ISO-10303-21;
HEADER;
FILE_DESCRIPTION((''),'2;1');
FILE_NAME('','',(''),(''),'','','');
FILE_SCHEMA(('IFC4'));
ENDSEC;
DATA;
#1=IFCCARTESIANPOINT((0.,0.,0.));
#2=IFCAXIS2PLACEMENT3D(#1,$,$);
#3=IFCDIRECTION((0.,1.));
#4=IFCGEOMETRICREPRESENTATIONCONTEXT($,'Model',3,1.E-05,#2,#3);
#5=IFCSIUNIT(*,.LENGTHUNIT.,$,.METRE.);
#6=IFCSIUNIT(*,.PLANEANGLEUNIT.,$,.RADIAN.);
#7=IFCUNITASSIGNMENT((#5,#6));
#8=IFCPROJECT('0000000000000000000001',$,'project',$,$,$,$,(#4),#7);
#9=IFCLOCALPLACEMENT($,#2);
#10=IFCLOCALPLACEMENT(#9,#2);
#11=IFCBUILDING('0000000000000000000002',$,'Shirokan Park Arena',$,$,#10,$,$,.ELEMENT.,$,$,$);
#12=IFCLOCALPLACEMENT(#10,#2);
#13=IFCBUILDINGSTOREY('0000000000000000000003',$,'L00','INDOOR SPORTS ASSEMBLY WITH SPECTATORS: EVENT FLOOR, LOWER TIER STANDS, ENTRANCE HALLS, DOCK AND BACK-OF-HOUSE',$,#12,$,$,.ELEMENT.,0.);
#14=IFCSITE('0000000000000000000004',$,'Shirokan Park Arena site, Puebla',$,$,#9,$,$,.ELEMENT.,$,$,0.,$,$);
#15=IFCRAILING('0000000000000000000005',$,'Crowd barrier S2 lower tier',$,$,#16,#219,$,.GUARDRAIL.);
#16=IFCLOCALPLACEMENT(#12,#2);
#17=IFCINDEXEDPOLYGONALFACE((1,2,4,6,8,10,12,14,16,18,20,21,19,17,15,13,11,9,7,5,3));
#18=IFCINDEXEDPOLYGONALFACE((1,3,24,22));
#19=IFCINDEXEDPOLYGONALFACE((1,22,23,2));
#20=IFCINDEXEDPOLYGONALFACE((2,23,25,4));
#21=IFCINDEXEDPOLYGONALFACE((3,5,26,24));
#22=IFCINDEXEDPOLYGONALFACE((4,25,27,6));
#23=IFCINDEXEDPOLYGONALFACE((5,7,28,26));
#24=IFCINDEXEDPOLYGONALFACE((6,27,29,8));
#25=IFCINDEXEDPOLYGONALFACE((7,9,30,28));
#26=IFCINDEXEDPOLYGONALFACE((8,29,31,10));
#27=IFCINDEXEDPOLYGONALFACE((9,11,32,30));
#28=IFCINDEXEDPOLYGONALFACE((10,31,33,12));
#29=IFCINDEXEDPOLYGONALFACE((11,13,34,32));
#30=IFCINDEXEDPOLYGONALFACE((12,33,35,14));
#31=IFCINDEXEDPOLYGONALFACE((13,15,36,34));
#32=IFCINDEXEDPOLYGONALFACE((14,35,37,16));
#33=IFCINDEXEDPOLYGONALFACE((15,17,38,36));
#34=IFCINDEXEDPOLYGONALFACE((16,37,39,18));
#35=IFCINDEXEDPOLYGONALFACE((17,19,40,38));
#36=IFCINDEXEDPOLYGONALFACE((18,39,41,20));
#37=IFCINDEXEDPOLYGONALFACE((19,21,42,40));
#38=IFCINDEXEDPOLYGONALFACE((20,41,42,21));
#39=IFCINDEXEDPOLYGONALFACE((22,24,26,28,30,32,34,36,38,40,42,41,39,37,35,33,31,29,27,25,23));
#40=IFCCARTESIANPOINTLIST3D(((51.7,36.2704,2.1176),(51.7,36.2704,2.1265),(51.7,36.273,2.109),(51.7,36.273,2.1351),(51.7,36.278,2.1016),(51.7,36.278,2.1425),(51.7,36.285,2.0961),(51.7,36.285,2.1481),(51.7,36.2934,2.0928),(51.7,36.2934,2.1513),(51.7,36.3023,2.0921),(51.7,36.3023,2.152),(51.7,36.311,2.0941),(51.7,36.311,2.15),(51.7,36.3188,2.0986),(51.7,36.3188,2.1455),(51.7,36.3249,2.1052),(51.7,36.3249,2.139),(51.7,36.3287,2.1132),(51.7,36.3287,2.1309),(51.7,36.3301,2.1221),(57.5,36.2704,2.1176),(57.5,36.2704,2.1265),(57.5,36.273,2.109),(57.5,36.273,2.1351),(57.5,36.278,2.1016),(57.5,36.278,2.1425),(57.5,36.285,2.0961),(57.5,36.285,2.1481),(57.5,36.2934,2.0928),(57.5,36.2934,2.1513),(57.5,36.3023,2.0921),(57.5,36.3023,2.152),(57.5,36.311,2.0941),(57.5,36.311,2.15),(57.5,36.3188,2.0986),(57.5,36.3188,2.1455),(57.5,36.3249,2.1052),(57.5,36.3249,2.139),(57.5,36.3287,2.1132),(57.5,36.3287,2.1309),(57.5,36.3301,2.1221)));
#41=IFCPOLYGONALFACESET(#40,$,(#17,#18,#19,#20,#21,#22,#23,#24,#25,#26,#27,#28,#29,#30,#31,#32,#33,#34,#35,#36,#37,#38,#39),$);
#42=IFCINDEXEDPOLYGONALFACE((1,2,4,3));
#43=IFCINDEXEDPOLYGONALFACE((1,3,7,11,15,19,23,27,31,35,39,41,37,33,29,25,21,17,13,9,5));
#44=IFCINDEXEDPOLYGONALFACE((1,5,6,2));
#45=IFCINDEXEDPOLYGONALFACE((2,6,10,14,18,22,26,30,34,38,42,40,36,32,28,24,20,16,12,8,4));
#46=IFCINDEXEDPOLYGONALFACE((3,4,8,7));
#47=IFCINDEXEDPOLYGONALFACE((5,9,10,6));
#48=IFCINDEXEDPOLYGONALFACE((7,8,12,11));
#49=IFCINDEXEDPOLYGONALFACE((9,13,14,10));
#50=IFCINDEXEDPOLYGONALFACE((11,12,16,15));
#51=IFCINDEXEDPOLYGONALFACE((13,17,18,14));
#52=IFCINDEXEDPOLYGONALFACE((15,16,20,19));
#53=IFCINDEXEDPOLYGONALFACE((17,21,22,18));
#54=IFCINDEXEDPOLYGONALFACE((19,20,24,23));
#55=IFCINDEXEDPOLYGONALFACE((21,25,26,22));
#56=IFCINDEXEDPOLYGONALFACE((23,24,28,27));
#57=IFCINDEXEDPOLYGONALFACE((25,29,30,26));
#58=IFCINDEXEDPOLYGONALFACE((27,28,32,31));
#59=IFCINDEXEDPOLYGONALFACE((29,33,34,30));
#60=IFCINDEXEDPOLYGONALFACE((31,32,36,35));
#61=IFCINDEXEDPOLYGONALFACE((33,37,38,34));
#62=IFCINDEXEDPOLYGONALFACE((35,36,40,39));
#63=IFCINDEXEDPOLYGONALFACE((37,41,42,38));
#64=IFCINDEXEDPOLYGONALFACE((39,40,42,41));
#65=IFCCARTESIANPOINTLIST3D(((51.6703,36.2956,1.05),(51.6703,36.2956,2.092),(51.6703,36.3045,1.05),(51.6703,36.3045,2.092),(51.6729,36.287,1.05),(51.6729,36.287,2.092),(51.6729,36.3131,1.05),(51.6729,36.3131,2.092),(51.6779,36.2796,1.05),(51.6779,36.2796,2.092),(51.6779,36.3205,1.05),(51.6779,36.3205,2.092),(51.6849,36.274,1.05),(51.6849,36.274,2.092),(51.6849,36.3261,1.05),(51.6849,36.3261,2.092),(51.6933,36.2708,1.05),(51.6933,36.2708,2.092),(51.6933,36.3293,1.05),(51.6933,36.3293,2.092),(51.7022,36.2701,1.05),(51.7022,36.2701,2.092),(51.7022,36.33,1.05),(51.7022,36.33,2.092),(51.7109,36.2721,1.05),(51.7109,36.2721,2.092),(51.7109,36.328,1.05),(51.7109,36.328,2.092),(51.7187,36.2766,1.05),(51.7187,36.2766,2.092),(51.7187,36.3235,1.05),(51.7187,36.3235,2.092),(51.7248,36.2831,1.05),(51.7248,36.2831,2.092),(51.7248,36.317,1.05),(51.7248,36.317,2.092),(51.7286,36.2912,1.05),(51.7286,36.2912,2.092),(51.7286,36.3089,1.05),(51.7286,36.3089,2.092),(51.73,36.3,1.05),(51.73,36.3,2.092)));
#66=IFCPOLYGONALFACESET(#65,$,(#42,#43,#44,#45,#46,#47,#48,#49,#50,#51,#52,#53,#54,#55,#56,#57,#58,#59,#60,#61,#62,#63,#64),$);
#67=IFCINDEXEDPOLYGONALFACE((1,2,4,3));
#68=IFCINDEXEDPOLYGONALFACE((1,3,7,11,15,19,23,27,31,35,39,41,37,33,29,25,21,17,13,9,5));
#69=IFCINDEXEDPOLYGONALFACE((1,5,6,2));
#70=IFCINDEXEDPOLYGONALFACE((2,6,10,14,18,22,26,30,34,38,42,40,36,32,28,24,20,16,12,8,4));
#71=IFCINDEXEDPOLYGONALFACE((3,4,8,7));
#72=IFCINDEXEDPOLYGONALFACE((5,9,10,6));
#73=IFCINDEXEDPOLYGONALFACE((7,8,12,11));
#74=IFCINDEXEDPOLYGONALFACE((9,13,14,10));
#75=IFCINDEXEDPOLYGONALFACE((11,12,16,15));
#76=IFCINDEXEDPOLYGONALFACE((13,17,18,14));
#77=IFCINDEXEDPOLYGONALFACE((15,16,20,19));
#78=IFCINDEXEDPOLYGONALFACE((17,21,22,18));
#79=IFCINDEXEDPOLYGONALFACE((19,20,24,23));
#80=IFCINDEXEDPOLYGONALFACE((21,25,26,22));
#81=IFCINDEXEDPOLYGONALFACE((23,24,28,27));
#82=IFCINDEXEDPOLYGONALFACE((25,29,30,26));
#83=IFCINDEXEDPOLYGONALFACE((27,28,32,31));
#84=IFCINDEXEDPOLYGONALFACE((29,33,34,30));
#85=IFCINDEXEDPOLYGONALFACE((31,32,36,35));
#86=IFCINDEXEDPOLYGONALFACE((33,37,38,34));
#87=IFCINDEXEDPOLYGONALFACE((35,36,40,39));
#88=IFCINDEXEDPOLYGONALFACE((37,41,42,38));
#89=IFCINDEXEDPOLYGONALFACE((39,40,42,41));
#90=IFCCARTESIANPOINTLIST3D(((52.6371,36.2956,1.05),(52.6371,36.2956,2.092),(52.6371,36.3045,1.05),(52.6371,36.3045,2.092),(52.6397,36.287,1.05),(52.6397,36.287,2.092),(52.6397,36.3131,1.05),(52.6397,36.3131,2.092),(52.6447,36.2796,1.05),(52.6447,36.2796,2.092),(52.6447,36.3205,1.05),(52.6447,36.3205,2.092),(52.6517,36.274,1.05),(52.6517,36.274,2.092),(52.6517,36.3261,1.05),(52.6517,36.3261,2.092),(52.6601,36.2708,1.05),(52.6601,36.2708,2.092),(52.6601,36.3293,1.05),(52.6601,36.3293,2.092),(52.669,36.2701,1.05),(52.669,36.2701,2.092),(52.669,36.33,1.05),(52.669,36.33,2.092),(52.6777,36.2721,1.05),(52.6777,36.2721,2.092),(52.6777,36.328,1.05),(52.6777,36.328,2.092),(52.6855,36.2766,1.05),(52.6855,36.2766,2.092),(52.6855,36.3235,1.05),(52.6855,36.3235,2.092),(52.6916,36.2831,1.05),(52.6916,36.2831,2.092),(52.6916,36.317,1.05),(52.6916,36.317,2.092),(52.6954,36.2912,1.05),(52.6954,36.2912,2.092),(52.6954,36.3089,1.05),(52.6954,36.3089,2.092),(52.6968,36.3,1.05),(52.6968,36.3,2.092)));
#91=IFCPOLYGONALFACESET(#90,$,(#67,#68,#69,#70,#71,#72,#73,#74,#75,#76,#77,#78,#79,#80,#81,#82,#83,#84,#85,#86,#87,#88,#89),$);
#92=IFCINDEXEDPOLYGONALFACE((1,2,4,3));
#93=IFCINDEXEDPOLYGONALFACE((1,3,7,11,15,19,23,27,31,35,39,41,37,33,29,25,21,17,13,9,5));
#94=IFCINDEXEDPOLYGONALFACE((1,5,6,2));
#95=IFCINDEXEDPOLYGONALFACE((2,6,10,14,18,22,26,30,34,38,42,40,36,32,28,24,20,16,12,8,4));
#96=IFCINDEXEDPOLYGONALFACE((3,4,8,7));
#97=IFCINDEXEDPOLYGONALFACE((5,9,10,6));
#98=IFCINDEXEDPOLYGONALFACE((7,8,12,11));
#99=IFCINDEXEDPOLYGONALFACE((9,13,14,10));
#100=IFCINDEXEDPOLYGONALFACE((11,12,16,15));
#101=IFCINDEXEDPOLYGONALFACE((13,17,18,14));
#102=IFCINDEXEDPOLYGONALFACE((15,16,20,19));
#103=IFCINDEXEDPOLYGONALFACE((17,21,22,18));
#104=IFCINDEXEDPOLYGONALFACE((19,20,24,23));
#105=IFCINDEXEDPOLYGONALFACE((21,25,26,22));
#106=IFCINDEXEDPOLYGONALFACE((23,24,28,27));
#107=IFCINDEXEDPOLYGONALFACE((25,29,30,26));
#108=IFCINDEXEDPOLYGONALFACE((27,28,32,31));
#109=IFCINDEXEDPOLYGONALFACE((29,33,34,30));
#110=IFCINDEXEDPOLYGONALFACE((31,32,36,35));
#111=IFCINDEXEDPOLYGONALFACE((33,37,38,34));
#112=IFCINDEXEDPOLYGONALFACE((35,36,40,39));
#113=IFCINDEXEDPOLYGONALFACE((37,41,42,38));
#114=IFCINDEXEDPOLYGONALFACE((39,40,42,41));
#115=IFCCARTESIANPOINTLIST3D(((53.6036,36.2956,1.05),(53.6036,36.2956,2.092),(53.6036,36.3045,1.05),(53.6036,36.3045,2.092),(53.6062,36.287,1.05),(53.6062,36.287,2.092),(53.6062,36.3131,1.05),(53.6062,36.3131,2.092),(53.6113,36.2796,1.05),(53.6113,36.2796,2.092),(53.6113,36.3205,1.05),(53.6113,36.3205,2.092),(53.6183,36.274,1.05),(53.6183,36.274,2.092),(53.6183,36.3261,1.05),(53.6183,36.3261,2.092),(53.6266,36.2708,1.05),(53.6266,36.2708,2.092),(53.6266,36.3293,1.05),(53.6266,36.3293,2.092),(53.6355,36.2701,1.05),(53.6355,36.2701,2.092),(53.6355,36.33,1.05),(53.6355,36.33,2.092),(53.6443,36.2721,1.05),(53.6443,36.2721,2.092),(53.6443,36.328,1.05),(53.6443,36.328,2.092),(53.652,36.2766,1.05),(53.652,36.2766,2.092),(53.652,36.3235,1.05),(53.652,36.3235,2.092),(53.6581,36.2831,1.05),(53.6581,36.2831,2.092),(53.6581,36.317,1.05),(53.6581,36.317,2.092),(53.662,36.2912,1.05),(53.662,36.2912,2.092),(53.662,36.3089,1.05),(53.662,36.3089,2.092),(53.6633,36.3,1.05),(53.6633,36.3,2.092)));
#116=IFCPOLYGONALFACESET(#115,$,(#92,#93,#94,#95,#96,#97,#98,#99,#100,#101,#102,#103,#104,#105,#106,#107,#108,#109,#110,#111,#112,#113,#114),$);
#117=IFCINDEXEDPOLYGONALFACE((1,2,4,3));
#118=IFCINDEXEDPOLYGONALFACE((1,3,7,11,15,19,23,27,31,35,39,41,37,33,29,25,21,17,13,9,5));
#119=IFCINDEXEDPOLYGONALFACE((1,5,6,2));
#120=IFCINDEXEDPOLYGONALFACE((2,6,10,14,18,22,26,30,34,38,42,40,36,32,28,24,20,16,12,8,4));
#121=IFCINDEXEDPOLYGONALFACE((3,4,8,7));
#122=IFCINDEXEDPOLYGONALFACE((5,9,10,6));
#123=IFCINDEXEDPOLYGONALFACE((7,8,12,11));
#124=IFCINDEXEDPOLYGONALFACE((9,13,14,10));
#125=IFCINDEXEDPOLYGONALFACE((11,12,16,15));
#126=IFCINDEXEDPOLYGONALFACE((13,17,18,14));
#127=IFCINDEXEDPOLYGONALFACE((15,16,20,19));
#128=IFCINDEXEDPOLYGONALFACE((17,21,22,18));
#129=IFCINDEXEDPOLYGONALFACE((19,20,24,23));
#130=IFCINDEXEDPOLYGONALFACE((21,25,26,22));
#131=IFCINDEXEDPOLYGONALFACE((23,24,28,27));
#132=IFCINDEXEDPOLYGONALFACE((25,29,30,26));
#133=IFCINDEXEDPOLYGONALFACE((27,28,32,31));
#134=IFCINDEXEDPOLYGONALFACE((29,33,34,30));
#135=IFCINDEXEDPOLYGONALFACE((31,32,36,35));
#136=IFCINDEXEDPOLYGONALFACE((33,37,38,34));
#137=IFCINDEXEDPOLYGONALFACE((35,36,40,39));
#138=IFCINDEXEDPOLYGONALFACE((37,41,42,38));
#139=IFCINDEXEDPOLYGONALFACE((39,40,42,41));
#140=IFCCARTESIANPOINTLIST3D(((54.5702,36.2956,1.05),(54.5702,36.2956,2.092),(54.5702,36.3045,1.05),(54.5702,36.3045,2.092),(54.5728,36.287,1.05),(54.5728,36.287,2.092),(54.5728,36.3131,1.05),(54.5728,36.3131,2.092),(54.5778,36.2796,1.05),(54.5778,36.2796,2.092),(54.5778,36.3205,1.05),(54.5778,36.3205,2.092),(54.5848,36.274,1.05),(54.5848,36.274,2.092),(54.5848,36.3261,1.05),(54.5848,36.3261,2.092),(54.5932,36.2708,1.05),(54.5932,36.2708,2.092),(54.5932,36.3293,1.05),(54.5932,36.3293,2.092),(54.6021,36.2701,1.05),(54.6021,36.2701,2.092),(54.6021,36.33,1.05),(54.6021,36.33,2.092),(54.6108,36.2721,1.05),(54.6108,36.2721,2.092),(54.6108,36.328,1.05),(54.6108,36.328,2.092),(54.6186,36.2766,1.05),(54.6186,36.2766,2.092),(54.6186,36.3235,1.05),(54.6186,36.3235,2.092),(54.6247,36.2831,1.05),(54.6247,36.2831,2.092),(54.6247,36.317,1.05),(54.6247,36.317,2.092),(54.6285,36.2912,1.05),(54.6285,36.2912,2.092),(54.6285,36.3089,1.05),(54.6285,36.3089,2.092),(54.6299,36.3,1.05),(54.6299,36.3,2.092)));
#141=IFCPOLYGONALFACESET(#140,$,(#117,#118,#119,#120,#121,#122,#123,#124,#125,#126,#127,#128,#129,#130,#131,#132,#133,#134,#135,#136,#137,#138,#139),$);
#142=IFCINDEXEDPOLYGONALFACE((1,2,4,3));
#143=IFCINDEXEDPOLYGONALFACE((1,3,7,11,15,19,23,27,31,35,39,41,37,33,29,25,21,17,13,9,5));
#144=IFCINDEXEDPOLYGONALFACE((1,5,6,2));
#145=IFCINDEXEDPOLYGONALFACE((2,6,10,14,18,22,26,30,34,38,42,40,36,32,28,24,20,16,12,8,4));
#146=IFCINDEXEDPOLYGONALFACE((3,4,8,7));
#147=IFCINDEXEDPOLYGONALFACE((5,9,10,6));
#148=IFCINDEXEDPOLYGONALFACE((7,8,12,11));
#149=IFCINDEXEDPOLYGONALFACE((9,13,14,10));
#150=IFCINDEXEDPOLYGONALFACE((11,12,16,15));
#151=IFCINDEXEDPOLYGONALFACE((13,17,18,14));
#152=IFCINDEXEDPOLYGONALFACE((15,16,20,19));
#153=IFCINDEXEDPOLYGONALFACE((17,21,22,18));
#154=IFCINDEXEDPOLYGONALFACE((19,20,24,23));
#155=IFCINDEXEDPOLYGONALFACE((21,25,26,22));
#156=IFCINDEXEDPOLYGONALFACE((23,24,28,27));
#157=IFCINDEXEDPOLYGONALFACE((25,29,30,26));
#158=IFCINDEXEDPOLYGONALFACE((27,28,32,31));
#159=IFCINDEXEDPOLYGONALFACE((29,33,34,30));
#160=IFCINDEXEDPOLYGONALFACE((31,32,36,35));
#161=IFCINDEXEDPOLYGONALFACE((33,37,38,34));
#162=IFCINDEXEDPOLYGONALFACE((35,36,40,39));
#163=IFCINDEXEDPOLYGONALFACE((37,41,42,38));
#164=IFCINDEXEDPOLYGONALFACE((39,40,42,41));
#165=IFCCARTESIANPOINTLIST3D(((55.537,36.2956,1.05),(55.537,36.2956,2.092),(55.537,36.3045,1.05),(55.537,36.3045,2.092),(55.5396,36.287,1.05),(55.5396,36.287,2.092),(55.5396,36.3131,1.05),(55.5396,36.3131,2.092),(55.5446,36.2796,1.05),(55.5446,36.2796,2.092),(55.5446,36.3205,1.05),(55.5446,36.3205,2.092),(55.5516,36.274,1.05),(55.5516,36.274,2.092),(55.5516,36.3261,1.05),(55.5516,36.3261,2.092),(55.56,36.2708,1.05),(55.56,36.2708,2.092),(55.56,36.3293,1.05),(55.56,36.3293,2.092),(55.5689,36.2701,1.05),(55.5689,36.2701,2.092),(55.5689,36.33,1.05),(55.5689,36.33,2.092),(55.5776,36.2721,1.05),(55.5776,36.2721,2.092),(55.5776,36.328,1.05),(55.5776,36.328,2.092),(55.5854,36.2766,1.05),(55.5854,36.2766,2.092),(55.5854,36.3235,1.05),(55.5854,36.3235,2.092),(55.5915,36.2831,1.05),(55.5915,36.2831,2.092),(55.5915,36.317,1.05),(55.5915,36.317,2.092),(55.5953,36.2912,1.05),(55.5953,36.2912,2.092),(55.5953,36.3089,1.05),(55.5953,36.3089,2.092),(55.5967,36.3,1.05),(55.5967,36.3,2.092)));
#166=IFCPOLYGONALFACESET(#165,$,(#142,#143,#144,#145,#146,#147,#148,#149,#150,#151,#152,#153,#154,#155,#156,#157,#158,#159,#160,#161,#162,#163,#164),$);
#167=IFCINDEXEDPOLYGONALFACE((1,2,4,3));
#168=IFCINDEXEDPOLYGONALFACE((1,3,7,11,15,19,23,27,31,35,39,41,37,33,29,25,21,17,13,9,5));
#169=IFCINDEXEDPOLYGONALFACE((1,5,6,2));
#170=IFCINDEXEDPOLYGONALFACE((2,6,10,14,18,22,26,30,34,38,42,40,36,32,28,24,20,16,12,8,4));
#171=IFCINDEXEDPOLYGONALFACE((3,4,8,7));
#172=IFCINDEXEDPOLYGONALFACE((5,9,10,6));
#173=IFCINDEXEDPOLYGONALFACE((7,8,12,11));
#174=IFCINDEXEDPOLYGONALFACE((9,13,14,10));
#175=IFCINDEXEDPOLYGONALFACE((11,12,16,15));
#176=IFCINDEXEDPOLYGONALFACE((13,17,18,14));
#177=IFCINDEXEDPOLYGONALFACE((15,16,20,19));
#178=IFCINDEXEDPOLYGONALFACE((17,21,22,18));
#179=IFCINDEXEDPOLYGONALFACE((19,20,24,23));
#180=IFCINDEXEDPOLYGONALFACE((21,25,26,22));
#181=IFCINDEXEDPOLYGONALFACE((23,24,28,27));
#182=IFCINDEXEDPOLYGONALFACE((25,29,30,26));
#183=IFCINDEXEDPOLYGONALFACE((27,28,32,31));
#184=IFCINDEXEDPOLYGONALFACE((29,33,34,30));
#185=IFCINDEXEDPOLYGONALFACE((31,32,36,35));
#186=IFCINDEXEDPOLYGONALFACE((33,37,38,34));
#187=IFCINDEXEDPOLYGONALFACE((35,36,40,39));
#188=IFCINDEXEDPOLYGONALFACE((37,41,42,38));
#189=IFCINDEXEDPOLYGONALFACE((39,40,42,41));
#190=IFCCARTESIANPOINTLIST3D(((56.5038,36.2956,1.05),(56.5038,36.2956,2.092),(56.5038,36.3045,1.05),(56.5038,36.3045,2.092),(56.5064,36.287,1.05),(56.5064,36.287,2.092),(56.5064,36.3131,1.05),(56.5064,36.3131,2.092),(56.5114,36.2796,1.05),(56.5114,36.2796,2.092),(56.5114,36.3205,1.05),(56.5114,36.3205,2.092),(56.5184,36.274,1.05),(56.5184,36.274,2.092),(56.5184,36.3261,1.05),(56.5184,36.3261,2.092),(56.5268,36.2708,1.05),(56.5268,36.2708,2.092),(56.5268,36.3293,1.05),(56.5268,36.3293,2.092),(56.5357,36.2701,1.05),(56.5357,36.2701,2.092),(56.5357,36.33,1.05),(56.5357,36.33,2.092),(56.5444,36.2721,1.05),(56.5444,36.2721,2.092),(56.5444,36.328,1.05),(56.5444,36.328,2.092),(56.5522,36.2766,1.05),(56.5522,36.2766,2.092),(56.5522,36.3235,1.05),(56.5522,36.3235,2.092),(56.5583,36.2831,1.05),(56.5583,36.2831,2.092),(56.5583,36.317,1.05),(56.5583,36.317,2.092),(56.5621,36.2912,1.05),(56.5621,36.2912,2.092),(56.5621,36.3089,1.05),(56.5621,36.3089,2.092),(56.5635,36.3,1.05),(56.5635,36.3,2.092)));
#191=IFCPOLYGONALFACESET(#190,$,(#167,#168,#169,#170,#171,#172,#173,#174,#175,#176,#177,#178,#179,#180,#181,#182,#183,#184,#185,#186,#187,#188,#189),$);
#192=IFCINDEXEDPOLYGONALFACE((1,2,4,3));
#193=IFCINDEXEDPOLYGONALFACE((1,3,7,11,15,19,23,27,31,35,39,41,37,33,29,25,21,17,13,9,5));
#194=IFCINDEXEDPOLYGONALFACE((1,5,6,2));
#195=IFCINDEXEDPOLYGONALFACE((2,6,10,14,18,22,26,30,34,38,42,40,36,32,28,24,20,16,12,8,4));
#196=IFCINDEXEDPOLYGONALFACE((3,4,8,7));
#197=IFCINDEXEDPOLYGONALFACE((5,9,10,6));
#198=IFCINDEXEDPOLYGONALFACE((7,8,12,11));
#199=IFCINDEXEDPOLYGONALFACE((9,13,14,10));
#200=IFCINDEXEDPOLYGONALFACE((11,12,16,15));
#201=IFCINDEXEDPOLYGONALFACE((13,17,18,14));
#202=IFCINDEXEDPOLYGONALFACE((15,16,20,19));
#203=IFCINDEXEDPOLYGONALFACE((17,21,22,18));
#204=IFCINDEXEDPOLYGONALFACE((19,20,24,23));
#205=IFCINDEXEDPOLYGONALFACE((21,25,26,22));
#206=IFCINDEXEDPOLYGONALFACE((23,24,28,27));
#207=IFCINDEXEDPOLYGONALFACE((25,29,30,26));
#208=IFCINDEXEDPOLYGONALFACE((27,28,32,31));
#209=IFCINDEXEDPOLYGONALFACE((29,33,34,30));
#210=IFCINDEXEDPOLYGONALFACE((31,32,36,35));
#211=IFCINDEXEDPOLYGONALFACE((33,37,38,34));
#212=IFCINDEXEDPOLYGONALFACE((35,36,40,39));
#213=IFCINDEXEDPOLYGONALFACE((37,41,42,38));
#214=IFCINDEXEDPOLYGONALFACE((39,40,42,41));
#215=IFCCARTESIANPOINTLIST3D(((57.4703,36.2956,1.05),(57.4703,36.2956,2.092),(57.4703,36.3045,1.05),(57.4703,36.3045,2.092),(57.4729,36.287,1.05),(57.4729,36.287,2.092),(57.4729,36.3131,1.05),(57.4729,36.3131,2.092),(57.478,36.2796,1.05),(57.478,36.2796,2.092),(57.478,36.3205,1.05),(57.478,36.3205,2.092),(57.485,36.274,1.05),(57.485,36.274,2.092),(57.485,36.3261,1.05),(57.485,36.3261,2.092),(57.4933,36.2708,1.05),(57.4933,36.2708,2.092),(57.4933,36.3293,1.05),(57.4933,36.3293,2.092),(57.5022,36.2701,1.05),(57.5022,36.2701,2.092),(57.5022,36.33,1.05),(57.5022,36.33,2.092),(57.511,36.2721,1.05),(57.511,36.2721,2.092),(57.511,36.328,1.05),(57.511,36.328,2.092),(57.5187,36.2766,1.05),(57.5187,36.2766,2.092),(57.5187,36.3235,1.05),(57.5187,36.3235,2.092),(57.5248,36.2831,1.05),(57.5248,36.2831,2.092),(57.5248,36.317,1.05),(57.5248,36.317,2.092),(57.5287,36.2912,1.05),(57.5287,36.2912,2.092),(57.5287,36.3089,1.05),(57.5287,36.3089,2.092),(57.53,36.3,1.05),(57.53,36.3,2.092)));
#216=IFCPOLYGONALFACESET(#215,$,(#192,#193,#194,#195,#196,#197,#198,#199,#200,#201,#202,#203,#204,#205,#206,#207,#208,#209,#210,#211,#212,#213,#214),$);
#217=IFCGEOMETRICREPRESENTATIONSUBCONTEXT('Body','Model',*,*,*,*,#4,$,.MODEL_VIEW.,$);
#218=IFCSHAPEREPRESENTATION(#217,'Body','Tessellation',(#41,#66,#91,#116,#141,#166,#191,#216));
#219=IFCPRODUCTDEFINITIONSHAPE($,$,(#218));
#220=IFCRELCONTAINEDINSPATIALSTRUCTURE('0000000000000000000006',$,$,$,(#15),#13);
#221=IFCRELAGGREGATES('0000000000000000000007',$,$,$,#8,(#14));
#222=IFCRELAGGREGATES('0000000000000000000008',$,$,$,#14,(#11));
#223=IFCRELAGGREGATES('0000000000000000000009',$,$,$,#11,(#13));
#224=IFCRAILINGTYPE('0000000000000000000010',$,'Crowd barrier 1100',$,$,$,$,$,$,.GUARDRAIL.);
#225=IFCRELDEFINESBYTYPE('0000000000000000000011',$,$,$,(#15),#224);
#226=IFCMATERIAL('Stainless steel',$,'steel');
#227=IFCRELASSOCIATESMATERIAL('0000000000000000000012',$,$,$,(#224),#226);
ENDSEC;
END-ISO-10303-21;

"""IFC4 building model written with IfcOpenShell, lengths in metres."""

from ifc_helpers import new_model, si_unit, direction, frame, origin, origin_2d, place, context, subcontext, project, spatial, circle, extrude, material, type_object, element, save


model = new_model("IFC4")

# Units and contexts
model_context = context("Model", 3, precision=1e-05, world=origin(), true_north=direction((0.0, 1.0)))
body_context = subcontext(model_context, "Body", "Model", "MODEL_VIEW")
ifc_project = project(units=[si_unit("LENGTHUNIT", "METRE"), si_unit("PLANEANGLEUNIT", "RADIAN")], contexts=[model_context])

# Site, building, storey
site_placement = place(None, origin())
site = spatial("IfcSite", under=ifc_project, at=site_placement, Name="Shirokan Park Arena site, Puebla", CompositionType="ELEMENT", RefElevation=0.0)
building_placement = place(site_placement, origin())
building = spatial("IfcBuilding", under=site, at=building_placement, Name="Shirokan Park Arena", CompositionType="ELEMENT")
storey_placement = place(building_placement, origin())
storey = spatial("IfcBuildingStorey", under=building, at=storey_placement, Name="L00", Description="INDOOR SPORTS ASSEMBLY WITH SPECTATORS: EVENT FLOOR, LOWER TIER STANDS, ENTRANCE HALLS, DOCK AND BACK-OF-HOUSE", CompositionType="ELEMENT", Elevation=0.0)

# Railing
ifc_material_1 = material(Name="Stainless steel", Category="steel")
railing_type_1 = type_object("IfcRailingType", Name="Crowd barrier 1100", PredefinedType="GUARDRAIL", material=ifc_material_1)
for number, where, name in (
    (1, (51.7, 36.3, 1.05), "Crowd barrier S2 lower tier"),
):
    element("IfcRailing", number, at=place(storey_placement, frame(where)), inside=storey, type_object=railing_type_1, Name=name, PredefinedType="GUARDRAIL", context=body_context, shape_type="SweptSolid", body=[
        extrude(circle(Radius=0.03, at=origin_2d()), frame((0.0, 0.0, 1.072), z_axis=(1.0, 0.0, 0.0), x_axis=(0.0, 1.0, 0.0)), (0.0, 0.0, 1.0), 5.8),
        extrude(circle(Radius=0.03, at=origin_2d()), origin(), (0.0, 0.0, 1.0), 1.042),
        extrude(circle(Radius=0.03, at=origin_2d()), frame((0.9668, 0.0, 0.0)), (0.0, 0.0, 1.0), 1.042),
        extrude(circle(Radius=0.03, at=origin_2d()), frame((1.9333, 0.0, 0.0)), (0.0, 0.0, 1.0), 1.042),
        extrude(circle(Radius=0.03, at=origin_2d()), frame((2.8999, 0.0, 0.0)), (0.0, 0.0, 1.0), 1.042),
        extrude(circle(Radius=0.03, at=origin_2d()), frame((3.8667, 0.0, 0.0)), (0.0, 0.0, 1.0), 1.042),
        extrude(circle(Radius=0.03, at=origin_2d()), frame((4.8335, 0.0, 0.0)), (0.0, 0.0, 1.0), 1.042),
        extrude(circle(Radius=0.03, at=origin_2d()), frame((5.8, 0.0, 0.0)), (0.0, 0.0, 1.0), 1.042),
    ])

save(model, "model.ifc")
